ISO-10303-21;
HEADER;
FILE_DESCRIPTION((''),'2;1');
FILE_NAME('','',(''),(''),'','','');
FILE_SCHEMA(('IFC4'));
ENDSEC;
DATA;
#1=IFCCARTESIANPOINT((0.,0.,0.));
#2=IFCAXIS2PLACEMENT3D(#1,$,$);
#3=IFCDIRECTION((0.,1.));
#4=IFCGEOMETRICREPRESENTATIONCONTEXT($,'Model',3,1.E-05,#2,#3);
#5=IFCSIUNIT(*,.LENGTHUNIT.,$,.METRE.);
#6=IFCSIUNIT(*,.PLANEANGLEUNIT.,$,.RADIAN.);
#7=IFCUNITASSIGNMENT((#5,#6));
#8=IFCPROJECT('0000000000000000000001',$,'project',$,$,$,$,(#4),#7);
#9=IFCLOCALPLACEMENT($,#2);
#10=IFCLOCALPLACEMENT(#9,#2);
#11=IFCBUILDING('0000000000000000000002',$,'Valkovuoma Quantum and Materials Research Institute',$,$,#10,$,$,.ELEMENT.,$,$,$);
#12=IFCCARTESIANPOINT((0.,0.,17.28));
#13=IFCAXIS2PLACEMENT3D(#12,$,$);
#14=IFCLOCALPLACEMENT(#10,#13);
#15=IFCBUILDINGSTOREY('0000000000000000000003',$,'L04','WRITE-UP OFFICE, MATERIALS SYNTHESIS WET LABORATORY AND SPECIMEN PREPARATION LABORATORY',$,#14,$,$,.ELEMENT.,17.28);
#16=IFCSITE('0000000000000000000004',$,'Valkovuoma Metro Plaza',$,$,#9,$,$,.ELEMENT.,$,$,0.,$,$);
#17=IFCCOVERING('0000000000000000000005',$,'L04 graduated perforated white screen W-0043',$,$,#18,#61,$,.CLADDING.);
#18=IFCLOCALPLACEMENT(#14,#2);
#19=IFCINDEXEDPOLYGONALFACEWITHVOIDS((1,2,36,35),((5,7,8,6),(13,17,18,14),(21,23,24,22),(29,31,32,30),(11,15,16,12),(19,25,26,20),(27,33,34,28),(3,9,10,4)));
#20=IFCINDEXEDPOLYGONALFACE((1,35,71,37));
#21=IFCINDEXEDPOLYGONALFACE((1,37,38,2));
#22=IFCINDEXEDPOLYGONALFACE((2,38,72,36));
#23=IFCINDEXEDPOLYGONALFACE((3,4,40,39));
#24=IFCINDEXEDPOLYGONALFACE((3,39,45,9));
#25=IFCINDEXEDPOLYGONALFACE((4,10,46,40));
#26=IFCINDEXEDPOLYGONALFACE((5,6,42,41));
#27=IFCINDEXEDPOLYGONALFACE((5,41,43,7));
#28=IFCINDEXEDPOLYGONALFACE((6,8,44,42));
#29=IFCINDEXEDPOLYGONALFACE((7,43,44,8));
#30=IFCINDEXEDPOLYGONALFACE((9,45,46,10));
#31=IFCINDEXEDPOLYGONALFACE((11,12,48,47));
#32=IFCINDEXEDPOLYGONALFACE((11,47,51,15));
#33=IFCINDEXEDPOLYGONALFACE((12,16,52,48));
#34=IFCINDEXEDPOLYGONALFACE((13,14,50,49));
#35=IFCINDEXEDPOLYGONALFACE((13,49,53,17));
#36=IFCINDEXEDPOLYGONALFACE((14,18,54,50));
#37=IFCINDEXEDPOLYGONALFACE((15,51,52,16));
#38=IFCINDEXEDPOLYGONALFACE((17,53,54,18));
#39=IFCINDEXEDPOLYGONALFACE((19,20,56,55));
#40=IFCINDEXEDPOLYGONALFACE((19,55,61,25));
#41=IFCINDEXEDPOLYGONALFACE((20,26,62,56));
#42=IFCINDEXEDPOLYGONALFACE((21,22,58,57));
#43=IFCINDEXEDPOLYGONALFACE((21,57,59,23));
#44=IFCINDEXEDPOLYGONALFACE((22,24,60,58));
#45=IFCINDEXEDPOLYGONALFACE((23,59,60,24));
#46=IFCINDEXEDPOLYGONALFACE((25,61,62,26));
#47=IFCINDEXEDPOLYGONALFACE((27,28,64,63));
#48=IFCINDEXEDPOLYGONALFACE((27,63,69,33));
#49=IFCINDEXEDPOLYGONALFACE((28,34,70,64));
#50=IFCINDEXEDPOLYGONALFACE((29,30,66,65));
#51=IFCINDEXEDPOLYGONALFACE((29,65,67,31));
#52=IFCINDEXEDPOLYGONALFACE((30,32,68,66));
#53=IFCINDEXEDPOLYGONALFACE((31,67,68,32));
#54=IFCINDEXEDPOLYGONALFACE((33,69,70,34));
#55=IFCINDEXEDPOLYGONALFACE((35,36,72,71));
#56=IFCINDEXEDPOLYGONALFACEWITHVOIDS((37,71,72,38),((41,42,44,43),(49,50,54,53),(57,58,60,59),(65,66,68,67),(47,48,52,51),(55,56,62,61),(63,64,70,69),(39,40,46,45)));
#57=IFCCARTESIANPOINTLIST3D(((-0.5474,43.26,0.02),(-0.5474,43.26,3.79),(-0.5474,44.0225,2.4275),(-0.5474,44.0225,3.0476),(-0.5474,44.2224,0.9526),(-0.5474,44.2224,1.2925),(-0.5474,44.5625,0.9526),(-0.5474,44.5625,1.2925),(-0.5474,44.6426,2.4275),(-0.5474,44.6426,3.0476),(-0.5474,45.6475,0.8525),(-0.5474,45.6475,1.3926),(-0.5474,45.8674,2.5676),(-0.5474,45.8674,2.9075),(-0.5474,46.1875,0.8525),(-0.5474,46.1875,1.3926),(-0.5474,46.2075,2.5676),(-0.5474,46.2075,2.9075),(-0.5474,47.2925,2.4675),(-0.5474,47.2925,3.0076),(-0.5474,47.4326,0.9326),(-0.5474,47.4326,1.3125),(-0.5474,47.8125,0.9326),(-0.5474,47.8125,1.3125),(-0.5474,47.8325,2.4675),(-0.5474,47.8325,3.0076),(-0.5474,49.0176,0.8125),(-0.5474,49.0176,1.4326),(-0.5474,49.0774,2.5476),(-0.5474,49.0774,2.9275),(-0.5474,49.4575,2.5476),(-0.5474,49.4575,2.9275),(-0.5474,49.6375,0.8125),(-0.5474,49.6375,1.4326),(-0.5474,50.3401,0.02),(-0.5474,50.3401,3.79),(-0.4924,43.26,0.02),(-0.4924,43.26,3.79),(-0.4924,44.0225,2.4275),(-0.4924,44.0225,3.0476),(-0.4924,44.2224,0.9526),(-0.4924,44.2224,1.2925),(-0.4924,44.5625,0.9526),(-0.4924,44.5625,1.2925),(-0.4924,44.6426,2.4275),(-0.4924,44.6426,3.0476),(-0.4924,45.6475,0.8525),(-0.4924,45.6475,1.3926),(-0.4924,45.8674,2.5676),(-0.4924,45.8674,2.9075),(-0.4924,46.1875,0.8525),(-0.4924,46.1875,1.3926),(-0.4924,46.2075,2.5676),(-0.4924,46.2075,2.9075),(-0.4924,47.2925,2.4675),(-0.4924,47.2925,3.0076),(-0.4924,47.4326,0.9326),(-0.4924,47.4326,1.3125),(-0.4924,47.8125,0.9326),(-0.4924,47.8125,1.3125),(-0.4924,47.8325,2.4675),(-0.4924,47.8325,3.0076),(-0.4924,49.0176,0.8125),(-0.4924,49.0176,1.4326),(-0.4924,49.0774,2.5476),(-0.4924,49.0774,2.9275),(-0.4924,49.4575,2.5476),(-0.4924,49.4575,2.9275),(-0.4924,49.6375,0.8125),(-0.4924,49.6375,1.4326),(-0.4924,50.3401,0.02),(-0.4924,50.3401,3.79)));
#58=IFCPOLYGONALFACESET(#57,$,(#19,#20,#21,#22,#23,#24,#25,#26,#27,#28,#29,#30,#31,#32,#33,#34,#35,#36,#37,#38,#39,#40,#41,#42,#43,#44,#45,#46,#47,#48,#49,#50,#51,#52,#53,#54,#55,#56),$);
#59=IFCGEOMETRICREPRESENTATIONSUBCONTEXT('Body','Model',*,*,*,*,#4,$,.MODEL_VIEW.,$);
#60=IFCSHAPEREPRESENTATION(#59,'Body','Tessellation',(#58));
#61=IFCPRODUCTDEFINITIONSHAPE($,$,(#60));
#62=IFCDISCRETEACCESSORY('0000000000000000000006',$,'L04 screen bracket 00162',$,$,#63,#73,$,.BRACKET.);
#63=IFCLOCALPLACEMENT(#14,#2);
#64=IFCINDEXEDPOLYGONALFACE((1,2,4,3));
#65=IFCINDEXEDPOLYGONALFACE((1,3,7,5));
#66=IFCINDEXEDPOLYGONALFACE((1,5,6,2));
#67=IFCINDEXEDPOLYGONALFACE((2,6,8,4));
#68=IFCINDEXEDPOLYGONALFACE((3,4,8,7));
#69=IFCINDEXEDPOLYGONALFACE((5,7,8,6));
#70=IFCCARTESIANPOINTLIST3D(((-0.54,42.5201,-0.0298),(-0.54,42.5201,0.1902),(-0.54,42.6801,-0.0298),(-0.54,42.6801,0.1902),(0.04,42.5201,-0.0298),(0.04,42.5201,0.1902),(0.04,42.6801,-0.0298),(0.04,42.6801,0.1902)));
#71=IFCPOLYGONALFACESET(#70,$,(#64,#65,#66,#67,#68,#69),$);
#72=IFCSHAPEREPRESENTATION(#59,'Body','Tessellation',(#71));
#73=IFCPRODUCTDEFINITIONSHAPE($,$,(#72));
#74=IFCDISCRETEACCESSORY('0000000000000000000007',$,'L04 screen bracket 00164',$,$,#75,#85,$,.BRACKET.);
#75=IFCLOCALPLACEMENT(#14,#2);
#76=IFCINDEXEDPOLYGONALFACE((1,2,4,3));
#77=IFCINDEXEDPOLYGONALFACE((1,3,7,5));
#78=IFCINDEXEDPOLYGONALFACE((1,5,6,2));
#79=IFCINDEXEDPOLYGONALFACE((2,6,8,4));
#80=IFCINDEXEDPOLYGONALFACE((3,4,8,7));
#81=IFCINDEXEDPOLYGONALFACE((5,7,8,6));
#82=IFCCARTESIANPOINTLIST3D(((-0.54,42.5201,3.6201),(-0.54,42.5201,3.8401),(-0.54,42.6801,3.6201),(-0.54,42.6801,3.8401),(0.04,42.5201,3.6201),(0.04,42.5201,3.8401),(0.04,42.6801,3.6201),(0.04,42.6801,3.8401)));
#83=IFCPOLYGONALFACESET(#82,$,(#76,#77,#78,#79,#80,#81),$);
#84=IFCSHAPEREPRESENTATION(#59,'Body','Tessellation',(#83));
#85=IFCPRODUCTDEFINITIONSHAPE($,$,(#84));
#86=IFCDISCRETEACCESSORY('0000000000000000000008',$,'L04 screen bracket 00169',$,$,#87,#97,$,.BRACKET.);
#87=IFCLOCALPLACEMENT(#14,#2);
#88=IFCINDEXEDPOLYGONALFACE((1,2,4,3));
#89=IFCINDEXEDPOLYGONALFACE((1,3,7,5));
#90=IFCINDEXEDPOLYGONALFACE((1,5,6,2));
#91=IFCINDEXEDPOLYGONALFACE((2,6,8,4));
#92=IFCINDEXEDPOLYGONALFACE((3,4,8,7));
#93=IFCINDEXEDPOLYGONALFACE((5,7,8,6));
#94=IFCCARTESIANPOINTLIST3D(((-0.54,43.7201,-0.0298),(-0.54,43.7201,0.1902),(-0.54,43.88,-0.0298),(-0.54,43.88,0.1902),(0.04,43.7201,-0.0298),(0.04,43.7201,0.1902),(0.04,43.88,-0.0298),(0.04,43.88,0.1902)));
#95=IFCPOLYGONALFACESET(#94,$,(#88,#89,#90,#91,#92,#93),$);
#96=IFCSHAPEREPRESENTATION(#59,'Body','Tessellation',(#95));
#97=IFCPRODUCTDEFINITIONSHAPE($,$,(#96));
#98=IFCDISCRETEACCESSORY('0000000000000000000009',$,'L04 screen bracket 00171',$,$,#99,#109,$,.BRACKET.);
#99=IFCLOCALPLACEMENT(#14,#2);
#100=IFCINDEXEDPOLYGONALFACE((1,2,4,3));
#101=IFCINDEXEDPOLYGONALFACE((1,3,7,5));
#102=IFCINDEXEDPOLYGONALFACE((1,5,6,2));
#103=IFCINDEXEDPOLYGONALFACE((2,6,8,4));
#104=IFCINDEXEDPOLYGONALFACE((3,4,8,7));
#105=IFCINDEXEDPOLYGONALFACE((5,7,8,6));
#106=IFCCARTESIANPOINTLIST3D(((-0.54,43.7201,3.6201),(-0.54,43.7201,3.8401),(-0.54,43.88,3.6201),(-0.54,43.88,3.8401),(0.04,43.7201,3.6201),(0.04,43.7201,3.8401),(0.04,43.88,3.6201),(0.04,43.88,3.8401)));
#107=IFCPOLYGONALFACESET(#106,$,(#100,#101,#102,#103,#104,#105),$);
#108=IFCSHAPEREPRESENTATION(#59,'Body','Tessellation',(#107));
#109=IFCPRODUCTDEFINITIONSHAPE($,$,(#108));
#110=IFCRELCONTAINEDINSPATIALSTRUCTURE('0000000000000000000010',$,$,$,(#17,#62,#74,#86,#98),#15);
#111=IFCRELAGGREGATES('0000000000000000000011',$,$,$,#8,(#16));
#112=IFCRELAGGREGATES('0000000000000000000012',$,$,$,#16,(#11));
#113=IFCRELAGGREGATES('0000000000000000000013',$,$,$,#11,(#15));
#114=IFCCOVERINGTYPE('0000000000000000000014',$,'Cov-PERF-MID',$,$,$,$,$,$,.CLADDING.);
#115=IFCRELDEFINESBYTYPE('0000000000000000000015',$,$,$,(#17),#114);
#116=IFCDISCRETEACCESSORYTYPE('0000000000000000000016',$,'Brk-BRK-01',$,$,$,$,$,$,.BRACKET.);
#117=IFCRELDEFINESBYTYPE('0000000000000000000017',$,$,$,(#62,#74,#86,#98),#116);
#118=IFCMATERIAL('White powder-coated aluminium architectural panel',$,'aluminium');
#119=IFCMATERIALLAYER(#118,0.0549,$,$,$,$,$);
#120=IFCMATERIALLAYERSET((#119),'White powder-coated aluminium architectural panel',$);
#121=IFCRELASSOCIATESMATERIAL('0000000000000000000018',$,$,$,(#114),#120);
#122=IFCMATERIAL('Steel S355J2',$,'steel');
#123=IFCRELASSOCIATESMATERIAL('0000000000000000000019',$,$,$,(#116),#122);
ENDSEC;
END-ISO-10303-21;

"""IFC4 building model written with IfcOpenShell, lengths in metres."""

from ifc_helpers import new_model, si_unit, direction, frame, origin, origin_2d, place, context, subcontext, project, spatial, polyline, rectangle, outline, extrude, material, layer, layer_set, type_object, element, save


model = new_model("IFC4")

# Units and contexts
model_context = context("Model", 3, precision=1e-05, world=origin(), true_north=direction((0.0, 1.0)))
body_context = subcontext(model_context, "Body", "Model", "MODEL_VIEW")
ifc_project = project(units=[si_unit("LENGTHUNIT", "METRE"), si_unit("PLANEANGLEUNIT", "RADIAN")], contexts=[model_context])

# Site, building, storey
site_placement = place(None, origin())
site = spatial("IfcSite", under=ifc_project, at=site_placement, Name="Valkovuoma Metro Plaza", CompositionType="ELEMENT", RefElevation=0.0)
building_placement = place(site_placement, origin())
building = spatial("IfcBuilding", under=site, at=building_placement, Name="Valkovuoma Quantum and Materials Research Institute", CompositionType="ELEMENT")
storey_placement = place(building_placement, frame((0.0, 0.0, 17.28)))
storey = spatial("IfcBuildingStorey", under=building, at=storey_placement, Name="L04", Description="WRITE-UP OFFICE, MATERIALS SYNTHESIS WET LABORATORY AND SPECIMEN PREPARATION LABORATORY", CompositionType="ELEMENT", Elevation=17.28)

# Covering
ifc_material_1 = material(Name="White powder-coated aluminium architectural panel", Category="aluminium")
ifc_layer_1 = layer(ifc_material_1, 0.0549)
ifc_layer_set_1 = layer_set([ifc_layer_1], Name="White powder-coated aluminium architectural panel")
covering_type = type_object("IfcCoveringType", Name="Cov-PERF-MID", PredefinedType="CLADDING", material=ifc_layer_set_1)
covering_placement = place(storey_placement, frame((-0.52, 43.26, 0.02), z_axis=(0.0, 0.0, 1.0), x_axis=(0.0, 1.0, 0.0)))
element("IfcCovering", 1, at=covering_placement, inside=storey, type_object=covering_type, Name="L04 graduated perforated white screen W-0043", PredefinedType="CLADDING", context=body_context, shape_type="SweptSolid", body=[
    extrude(outline(polyline([(0.0, 0.0), (7.0801, 0.0), (7.0801, 3.77), (0.0, 3.77), (0.0, 0.0)]), holes=[polyline([(0.9624, 0.9326), (0.9624, 1.2725), (1.3025, 1.2725), (1.3025, 0.9326), (0.9624, 0.9326)]), polyline([(0.7625, 2.4075), (0.7625, 3.0276), (1.3826, 3.0276), (1.3826, 2.4075), (0.7625, 2.4075)]), polyline([(2.3875, 0.8325), (2.3875, 1.3726), (2.9275, 1.3726), (2.9275, 0.8325), (2.3875, 0.8325)]), polyline([(2.6074, 2.5476), (2.6074, 2.8875), (2.9475, 2.8875), (2.9475, 2.5476), (2.6074, 2.5476)]), polyline([(4.1726, 0.9126), (4.1726, 1.2925), (4.5525, 1.2925), (4.5525, 0.9126), (4.1726, 0.9126)]), polyline([(4.0325, 2.4475), (4.0325, 2.9875), (4.5725, 2.9875), (4.5725, 2.4475), (4.0325, 2.4475)]), polyline([(5.7576, 0.7925), (5.7576, 1.4126), (6.3774, 1.4126), (6.3774, 0.7925), (5.7576, 0.7925)]), polyline([(5.8174, 2.5276), (5.8174, 2.9075), (6.1975, 2.9075), (6.1975, 2.5276), (5.8174, 2.5276)])]), frame((0.0, 0.0273, 0.0), z_axis=(0.0, -1.0, 0.0), x_axis=(1.0, 0.0, 0.0)), (0.0, 0.0, 1.0), 0.0549),
])

# Discrete accessories
ifc_material_2 = material(Name="Steel S355J2", Category="steel")
discrete_accessory_type = type_object("IfcDiscreteAccessoryType", Name="Brk-BRK-01", PredefinedType="BRACKET", material=ifc_material_2)
for number, where, z_axis, x_axis, name in (
    (2, (-0.25, 42.6001, -0.0298), (0.0, 0.0, 1.0), (1.0, 0.0, 0.0), "L04 screen bracket 00162"),
    (3, (-0.25, 42.6001, 3.6201), (0.0, 0.0, 1.0), (1.0, 0.0, 0.0), "L04 screen bracket 00164"),
    (4, (-0.25, 43.8, -0.0298), (0.0, 0.0, 1.0), (1.0, 0.0, 0.0), "L04 screen bracket 00169"),
    (5, (-0.25, 43.8, 3.6201), (0.0, 0.0, 1.0), (1.0, 0.0, 0.0), "L04 screen bracket 00171"),
):
    element("IfcDiscreteAccessory", number, at=place(storey_placement, frame(where, z_axis=z_axis, x_axis=x_axis)), inside=storey, type_object=discrete_accessory_type, Name=name, PredefinedType="BRACKET", context=body_context, shape_type="SweptSolid", body=[
        extrude(rectangle(XDim=0.5801, YDim=0.1599, at=origin_2d()), origin(), (0.0, 0.0, 1.0), 0.22),
    ])

save(model, "model.ifc")
